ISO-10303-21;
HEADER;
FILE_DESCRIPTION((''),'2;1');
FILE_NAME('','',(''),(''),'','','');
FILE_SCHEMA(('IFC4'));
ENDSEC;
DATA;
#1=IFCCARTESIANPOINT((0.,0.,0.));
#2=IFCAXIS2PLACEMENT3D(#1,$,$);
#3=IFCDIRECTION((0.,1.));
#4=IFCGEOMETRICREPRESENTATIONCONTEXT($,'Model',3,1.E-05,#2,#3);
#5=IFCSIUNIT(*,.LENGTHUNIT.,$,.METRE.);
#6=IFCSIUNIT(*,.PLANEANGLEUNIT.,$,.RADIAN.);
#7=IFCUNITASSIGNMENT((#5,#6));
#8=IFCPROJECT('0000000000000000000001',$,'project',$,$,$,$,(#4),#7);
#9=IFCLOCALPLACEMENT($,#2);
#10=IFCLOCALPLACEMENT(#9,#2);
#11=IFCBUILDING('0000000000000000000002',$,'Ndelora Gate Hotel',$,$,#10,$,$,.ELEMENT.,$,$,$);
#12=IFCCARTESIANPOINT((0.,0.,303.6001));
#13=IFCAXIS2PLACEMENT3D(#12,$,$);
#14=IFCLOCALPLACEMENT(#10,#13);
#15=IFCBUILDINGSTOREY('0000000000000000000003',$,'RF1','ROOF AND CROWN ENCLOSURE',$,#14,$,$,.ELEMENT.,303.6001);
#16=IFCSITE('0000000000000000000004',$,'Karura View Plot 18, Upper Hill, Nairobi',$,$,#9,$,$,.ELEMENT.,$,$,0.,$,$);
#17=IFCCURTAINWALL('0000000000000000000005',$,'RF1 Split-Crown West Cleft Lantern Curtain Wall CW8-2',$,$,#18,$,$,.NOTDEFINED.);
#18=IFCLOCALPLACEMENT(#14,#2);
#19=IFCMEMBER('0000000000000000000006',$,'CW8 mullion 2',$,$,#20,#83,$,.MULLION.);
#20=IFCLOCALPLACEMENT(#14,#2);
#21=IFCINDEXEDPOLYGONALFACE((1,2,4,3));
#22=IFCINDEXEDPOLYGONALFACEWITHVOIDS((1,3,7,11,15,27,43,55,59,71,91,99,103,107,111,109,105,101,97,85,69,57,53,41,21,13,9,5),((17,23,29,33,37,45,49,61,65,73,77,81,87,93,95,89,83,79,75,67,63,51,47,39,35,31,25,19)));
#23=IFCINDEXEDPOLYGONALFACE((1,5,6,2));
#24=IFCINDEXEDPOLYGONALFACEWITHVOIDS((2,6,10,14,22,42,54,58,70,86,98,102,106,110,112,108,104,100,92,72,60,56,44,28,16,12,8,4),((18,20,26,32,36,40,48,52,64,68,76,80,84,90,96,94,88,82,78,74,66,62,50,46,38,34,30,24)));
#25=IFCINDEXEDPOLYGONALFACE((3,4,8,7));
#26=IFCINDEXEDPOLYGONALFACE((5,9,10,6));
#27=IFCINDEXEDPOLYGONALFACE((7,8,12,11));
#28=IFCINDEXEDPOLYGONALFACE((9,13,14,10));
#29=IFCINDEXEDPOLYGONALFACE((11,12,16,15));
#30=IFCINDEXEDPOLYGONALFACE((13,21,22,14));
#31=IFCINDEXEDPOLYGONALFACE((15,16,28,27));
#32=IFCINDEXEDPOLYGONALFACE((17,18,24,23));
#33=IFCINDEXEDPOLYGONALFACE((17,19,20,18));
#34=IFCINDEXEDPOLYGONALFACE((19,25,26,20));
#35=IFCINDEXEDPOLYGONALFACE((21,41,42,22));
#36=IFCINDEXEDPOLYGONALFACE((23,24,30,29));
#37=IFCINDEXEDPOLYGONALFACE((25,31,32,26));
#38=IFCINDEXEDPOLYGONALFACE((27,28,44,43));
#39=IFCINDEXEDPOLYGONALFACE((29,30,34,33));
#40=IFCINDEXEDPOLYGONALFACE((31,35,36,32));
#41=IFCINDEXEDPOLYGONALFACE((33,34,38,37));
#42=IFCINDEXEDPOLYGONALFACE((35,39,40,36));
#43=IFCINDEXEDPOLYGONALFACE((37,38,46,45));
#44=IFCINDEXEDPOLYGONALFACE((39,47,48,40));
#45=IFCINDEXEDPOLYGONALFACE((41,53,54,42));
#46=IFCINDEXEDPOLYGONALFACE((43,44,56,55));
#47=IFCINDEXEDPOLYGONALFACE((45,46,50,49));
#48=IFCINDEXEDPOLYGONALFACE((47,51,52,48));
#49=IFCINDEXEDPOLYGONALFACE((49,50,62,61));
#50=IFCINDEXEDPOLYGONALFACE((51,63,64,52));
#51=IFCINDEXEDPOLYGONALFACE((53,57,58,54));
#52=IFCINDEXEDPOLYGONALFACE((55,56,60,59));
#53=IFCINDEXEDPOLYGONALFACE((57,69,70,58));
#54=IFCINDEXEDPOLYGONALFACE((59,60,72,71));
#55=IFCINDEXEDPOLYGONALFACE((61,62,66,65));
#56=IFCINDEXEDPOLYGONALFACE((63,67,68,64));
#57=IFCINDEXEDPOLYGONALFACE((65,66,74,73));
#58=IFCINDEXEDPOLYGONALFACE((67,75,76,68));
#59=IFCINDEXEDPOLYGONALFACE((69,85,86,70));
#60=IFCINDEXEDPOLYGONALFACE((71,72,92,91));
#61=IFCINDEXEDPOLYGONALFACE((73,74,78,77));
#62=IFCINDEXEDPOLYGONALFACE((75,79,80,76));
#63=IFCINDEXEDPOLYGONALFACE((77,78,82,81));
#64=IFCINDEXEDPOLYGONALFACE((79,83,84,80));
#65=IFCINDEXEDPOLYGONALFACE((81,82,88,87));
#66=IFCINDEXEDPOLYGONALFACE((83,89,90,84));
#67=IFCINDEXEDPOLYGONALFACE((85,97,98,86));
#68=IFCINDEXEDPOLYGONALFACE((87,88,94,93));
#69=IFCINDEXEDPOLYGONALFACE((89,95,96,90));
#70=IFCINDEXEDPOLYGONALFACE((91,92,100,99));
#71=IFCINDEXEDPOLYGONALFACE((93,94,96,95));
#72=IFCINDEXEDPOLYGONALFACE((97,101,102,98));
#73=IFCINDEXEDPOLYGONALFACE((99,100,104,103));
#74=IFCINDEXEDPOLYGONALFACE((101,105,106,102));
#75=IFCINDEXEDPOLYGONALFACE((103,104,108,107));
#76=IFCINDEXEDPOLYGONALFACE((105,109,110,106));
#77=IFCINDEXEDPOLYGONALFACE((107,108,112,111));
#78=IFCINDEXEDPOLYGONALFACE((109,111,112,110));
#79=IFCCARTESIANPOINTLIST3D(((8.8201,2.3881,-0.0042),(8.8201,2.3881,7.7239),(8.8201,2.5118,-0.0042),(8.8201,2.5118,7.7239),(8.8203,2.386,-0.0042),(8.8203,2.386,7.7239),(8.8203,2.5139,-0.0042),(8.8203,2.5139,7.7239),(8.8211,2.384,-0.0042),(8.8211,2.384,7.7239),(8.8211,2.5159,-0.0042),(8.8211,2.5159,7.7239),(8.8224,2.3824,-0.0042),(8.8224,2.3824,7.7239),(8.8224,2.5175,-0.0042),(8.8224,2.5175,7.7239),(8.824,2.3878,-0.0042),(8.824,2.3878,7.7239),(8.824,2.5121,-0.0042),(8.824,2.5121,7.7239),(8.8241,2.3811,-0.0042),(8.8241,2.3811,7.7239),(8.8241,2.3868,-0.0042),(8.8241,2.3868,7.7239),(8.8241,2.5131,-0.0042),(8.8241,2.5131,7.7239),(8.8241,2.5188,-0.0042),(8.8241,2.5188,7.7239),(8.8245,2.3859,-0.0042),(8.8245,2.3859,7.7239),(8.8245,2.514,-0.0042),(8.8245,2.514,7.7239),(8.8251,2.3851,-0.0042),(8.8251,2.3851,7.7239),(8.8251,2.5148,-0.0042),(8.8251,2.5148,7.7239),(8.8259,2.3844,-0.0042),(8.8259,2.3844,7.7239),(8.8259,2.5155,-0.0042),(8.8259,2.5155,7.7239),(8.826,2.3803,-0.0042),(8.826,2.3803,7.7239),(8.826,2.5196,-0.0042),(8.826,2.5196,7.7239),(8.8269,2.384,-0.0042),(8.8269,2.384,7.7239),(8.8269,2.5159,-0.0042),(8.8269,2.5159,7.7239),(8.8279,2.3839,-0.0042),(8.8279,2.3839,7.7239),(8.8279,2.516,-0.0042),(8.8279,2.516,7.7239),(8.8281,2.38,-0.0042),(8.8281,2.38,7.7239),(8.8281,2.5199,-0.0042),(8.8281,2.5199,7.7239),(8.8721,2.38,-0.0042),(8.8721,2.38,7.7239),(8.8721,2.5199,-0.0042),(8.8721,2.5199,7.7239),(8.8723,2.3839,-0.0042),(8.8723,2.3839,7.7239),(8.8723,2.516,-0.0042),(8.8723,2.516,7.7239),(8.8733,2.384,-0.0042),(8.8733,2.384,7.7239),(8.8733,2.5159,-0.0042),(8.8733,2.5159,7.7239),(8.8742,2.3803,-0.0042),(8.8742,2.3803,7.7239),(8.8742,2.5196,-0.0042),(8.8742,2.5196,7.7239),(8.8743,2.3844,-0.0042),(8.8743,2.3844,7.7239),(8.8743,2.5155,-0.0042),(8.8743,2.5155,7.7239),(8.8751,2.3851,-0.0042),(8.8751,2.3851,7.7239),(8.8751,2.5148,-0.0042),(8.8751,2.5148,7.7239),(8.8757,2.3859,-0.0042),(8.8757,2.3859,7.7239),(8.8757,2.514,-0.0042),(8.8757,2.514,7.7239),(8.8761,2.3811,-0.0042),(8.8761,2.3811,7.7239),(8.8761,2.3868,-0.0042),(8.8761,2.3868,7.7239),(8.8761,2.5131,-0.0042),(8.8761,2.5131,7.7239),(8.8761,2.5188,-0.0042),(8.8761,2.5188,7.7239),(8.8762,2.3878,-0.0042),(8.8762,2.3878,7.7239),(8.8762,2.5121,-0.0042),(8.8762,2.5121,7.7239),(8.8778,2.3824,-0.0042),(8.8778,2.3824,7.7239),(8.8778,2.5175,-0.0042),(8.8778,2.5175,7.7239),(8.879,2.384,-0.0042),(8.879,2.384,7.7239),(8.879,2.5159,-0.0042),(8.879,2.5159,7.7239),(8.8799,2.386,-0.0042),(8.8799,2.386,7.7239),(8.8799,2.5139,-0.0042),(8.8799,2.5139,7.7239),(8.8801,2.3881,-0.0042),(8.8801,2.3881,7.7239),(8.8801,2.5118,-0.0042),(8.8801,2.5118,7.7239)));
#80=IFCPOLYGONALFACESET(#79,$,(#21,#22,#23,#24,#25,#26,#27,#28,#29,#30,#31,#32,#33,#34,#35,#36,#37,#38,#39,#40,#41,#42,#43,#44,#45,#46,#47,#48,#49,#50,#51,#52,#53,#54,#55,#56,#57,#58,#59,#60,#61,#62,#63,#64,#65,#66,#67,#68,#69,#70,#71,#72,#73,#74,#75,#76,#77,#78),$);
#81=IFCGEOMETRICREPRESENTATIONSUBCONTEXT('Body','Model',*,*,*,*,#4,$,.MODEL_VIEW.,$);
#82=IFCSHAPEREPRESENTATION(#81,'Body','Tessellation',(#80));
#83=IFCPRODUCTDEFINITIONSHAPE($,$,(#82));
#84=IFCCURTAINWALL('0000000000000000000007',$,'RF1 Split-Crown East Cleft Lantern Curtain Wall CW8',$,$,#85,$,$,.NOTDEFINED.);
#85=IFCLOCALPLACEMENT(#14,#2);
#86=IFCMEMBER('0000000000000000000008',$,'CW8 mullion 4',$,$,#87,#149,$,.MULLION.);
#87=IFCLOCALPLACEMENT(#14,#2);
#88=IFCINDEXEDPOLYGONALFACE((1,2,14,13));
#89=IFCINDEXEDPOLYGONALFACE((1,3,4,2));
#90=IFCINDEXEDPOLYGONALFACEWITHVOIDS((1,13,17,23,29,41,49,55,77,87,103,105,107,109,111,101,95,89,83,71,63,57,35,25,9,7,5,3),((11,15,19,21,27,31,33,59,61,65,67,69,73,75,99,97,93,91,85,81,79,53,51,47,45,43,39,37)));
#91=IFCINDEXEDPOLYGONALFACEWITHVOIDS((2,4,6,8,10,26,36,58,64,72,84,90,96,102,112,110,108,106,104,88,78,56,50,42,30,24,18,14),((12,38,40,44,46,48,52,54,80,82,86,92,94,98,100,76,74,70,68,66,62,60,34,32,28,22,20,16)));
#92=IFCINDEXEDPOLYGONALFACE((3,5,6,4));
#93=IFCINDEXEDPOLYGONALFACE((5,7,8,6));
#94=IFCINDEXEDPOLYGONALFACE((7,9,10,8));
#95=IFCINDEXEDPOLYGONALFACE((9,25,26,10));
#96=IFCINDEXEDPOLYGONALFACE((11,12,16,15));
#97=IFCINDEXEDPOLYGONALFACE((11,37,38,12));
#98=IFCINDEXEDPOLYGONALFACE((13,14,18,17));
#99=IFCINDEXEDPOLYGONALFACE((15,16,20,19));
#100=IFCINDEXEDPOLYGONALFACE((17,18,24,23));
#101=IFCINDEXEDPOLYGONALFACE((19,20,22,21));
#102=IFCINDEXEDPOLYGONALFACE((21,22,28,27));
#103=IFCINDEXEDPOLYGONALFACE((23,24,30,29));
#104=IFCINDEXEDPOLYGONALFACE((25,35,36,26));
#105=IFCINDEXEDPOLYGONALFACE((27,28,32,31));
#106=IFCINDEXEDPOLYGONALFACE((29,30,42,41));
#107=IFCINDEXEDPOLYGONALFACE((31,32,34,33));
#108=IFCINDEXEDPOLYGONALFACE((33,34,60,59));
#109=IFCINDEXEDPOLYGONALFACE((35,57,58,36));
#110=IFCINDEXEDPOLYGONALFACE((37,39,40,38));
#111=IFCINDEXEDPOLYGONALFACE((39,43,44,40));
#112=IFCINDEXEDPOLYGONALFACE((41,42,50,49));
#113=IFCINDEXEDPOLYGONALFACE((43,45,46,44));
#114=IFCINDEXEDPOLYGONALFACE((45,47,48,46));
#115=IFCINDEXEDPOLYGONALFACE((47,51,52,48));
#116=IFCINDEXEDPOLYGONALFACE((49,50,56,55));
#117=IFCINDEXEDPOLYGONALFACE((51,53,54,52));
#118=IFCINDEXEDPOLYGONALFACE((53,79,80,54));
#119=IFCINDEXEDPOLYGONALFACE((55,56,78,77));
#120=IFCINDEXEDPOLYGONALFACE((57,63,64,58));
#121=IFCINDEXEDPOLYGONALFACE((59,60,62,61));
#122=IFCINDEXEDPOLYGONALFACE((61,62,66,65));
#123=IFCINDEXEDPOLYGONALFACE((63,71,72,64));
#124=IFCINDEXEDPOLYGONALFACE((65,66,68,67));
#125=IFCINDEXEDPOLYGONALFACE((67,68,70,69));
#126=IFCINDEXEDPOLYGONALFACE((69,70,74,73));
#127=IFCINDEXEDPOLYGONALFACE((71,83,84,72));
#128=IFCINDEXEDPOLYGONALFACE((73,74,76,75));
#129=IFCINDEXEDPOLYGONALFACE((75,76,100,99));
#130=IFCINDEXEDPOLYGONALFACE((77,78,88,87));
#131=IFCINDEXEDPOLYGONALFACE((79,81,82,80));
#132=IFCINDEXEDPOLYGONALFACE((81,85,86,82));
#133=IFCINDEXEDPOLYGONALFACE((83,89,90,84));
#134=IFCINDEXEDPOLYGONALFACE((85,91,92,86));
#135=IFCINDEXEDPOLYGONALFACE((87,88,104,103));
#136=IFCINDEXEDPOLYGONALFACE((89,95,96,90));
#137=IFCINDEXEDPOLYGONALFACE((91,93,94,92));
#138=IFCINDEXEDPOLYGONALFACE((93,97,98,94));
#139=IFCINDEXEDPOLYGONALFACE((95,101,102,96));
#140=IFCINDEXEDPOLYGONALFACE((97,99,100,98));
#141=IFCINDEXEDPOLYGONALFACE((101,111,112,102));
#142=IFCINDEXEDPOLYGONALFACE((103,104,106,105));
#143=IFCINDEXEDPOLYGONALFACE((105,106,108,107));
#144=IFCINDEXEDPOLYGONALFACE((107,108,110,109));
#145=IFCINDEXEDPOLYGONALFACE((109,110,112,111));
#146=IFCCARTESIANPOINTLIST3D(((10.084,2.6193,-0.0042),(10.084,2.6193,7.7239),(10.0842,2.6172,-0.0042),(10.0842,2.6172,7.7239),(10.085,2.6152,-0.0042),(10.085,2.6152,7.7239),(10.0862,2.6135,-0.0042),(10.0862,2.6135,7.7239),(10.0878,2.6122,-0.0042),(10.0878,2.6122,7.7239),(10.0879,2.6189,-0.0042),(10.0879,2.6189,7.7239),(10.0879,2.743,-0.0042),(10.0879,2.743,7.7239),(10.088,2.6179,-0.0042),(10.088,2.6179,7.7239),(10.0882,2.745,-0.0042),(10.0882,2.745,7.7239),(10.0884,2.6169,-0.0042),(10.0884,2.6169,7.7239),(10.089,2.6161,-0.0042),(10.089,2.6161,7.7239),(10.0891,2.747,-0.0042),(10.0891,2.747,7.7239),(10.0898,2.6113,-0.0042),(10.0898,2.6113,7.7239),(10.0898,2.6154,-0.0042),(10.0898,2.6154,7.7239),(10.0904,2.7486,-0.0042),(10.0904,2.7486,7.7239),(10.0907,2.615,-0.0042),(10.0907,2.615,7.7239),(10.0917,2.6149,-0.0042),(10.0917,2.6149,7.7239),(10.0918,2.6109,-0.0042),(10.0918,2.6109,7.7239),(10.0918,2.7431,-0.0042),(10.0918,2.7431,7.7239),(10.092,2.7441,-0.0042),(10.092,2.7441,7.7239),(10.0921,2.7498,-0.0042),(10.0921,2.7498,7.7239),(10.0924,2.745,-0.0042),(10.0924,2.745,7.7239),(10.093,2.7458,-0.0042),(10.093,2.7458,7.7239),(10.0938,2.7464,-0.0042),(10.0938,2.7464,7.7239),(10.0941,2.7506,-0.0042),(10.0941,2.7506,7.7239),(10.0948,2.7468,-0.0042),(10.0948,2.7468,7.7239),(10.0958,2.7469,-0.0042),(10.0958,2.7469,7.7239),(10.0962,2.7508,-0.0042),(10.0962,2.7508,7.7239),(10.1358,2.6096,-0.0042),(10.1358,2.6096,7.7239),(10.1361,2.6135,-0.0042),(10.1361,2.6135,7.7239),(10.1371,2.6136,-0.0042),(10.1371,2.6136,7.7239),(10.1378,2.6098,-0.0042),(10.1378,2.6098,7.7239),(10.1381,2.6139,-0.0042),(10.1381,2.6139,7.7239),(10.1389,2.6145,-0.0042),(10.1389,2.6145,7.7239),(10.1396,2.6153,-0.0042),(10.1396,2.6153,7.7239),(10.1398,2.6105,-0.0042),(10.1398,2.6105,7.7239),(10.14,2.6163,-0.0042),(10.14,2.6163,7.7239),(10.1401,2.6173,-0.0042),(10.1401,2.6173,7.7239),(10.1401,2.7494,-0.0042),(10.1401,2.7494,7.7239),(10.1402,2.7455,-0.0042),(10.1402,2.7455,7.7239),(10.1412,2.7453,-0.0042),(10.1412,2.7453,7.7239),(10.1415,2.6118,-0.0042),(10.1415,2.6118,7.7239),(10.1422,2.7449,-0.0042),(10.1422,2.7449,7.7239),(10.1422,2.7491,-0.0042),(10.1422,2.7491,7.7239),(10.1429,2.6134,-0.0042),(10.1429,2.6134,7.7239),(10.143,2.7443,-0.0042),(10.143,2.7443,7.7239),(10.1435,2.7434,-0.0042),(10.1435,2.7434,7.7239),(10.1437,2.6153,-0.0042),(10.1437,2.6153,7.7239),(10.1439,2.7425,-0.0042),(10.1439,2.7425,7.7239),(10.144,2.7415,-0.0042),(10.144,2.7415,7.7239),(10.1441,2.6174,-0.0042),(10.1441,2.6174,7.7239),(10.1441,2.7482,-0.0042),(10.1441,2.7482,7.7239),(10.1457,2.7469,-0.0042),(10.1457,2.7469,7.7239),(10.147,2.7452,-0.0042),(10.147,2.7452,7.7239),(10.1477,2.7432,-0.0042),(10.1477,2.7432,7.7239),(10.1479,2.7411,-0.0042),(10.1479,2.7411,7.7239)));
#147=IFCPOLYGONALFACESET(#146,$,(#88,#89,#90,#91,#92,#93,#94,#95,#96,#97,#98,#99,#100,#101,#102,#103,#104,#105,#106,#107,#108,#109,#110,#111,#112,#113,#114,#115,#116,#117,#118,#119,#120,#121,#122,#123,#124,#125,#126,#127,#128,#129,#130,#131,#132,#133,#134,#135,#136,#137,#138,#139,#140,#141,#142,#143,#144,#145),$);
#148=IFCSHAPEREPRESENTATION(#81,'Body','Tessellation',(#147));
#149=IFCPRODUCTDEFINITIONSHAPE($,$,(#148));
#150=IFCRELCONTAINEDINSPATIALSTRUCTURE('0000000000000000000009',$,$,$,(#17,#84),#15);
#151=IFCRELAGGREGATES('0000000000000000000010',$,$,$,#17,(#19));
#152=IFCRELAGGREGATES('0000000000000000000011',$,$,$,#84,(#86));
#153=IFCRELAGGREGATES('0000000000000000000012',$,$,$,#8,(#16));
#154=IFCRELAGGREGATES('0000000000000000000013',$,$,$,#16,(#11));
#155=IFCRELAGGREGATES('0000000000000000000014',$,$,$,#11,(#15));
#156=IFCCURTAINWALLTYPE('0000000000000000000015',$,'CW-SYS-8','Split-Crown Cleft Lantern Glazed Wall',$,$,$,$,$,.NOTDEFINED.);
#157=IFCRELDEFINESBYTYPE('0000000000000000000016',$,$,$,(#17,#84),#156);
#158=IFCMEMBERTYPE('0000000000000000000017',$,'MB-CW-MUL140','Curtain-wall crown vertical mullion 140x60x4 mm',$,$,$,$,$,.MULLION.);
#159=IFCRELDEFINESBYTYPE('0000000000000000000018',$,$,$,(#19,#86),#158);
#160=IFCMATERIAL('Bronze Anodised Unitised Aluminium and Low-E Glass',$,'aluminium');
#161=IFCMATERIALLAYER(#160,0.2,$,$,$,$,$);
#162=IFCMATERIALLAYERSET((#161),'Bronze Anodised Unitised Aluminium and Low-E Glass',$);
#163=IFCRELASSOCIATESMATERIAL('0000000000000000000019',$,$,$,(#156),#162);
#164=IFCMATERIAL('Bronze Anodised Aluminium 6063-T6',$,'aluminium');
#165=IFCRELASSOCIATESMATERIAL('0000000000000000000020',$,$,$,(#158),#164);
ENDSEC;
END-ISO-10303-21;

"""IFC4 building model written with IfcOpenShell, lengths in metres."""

from ifc_helpers import new_model, si_unit, direction, frame, origin, origin_2d, place, context, subcontext, project, spatial, hollow_rectangle, extrude, material, layer, layer_set, material_profile, profile_set, type_object, element, aggregate, save


model = new_model("IFC4")

# Units and contexts
model_context = context("Model", 3, precision=1e-05, world=origin(), true_north=direction((0.0, 1.0)))
body_context = subcontext(model_context, "Body", "Model", "MODEL_VIEW")
ifc_project = project(units=[si_unit("LENGTHUNIT", "METRE"), si_unit("PLANEANGLEUNIT", "RADIAN")], contexts=[model_context])

# Site, building, storey
site_placement = place(None, origin())
site = spatial("IfcSite", under=ifc_project, at=site_placement, Name="Karura View Plot 18, Upper Hill, Nairobi", CompositionType="ELEMENT", RefElevation=0.0)
building_placement = place(site_placement, origin())
building = spatial("IfcBuilding", under=site, at=building_placement, Name="Ndelora Gate Hotel", CompositionType="ELEMENT")
storey_placement = place(building_placement, frame((0.0, 0.0, 303.6001)))
storey = spatial("IfcBuildingStorey", under=building, at=storey_placement, Name="RF1", Description="ROOF AND CROWN ENCLOSURE", CompositionType="ELEMENT", Elevation=303.6001)

# Curtain wall, member
ifc_material_1 = material(Name="Bronze Anodised Unitised Aluminium and Low-E Glass", Category="aluminium")
ifc_layer_1 = layer(ifc_material_1, 0.2)
ifc_layer_set_1 = layer_set([ifc_layer_1], Name="Bronze Anodised Unitised Aluminium and Low-E Glass")
curtain_wall_type = type_object("IfcCurtainWallType", Name="CW-SYS-8", Description="Split-Crown Cleft Lantern Glazed Wall", PredefinedType="NOTDEFINED", material=ifc_layer_set_1)
curtain_wall_1_placement = place(storey_placement, origin())
curtain_wall_1 = element("IfcCurtainWall", 1, at=curtain_wall_1_placement, inside=storey, type_object=curtain_wall_type, Name="RF1 Split-Crown West Cleft Lantern Curtain Wall CW8-2", PredefinedType="NOTDEFINED")
ifc_material_2 = material(Name="Bronze Anodised Aluminium 6063-T6", Category="aluminium")
ifc_material_profile_1 = material_profile(ifc_material_2, hollow_rectangle(XDim=0.0601, YDim=0.1399, WallThickness=0.0039, InnerFilletRadius=0.0039, OuterFilletRadius=0.0081, at=origin_2d()), Name="ALU 140x60x4")
ifc_profile_set_1 = profile_set([ifc_material_profile_1], Name="Bronze Anodised Aluminium 6063-T6")
member_type_1 = type_object("IfcMemberType", Name="MB-CW-MUL140", Description="Curtain-wall crown vertical mullion 140x60x4 mm", PredefinedType="MULLION", material=ifc_profile_set_1)
member_1_placement = place(storey_placement, frame((8.8501, 2.45, -0.0042), z_axis=(0.0, 0.0, 1.0), x_axis=(-1.0, 0.0, 0.0)))
member_1 = element("IfcMember", 2, at=member_1_placement, type_object=member_type_1, Name="CW8 mullion 2", PredefinedType="MULLION", context=body_context, shape_type="SweptSolid", body=[
    extrude(hollow_rectangle(XDim=0.0601, YDim=0.1399, WallThickness=0.0039, InnerFilletRadius=0.0039, OuterFilletRadius=0.0081, at=origin_2d()), origin(), (0.0, 0.0, 1.0), 7.728),
])

# Curtain wall, member
curtain_wall_2_placement = place(storey_placement, origin())
curtain_wall_2 = element("IfcCurtainWall", 3, at=curtain_wall_2_placement, inside=storey, type_object=curtain_wall_type, Name="RF1 Split-Crown East Cleft Lantern Curtain Wall CW8", PredefinedType="NOTDEFINED")
member_2_placement = place(storey_placement, frame((10.116, 2.6802, -0.0042), z_axis=(0.0, 0.0, 1.0), x_axis=(0.999515, -0.031131, 0.0)))
member_2 = element("IfcMember", 4, at=member_2_placement, type_object=member_type_1, Name="CW8 mullion 4", PredefinedType="MULLION", context=body_context, shape_type="SweptSolid", body=[
    extrude(hollow_rectangle(XDim=0.0601, YDim=0.1399, WallThickness=0.0039, InnerFilletRadius=0.0039, OuterFilletRadius=0.0081, at=origin_2d()), origin(), (0.0, 0.0, 1.0), 7.728),
])

aggregate(curtain_wall_1, [member_1])
aggregate(curtain_wall_2, [member_2])

save(model, "model.ifc")
